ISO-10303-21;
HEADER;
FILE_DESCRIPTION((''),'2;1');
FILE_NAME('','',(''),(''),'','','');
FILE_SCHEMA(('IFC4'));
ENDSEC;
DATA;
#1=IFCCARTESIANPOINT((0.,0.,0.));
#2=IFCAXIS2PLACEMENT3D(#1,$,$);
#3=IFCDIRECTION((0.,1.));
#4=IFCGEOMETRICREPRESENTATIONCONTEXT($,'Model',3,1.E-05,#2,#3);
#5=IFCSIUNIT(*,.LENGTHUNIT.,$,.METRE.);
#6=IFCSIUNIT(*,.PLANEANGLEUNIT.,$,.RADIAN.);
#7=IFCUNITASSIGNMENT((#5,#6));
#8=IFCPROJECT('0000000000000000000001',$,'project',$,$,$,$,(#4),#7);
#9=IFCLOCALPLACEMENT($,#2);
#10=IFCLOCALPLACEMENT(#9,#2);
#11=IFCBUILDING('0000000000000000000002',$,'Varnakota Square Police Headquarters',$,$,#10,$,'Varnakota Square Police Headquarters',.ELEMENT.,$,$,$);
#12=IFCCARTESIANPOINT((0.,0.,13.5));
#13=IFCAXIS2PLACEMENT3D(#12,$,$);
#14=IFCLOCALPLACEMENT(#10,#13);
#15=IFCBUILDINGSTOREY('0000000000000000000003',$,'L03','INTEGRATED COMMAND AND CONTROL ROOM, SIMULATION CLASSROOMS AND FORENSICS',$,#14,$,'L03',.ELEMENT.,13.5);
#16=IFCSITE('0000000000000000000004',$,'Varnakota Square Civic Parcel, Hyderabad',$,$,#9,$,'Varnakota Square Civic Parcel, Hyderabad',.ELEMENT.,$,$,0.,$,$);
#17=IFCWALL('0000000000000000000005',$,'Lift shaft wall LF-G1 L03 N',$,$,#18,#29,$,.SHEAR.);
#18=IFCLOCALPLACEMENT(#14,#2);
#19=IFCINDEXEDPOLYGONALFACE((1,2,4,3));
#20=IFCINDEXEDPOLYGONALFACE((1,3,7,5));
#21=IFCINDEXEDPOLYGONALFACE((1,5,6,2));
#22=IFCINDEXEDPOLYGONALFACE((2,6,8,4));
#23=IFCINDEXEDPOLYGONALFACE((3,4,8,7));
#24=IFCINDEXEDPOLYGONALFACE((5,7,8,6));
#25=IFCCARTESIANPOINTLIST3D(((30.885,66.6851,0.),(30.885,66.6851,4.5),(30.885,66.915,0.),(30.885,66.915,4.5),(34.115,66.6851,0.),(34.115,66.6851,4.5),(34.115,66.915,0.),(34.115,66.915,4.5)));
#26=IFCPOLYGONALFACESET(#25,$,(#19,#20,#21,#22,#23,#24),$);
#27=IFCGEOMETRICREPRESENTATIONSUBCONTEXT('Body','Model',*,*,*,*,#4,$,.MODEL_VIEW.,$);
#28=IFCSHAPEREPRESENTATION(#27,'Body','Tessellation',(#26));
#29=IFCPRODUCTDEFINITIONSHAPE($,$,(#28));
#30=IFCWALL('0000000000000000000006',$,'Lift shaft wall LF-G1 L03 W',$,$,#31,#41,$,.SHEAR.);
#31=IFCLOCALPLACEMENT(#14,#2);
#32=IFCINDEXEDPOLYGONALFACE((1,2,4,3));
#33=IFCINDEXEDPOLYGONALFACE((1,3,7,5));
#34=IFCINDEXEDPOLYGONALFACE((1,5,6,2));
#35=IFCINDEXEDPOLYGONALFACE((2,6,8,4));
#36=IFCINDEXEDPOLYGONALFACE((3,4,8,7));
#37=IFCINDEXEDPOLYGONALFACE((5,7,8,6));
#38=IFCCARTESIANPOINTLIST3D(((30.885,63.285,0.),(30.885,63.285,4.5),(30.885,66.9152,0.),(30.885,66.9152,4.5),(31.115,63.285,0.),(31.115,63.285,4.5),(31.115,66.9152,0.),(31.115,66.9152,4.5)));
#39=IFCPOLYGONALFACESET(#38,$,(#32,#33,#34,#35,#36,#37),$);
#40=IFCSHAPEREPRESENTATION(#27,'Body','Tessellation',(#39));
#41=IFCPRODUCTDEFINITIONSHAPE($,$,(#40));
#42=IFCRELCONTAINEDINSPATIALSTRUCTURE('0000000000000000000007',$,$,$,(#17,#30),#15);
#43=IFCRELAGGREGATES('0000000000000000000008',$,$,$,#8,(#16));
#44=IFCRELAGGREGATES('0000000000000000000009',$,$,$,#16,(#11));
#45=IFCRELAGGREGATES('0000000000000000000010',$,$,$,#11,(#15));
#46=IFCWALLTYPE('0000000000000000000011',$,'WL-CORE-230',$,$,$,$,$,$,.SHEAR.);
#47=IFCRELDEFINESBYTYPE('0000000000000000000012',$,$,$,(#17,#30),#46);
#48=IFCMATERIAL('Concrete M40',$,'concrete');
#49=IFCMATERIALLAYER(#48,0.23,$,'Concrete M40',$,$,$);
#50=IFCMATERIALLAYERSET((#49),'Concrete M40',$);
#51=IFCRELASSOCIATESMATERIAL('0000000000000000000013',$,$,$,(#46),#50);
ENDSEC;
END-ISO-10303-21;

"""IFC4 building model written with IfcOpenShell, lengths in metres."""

from ifc_helpers import new_model, si_unit, direction, frame, frame_2d, origin, place, context, subcontext, project, spatial, rectangle, extrude, material, layer, layer_set, type_object, element, save


model = new_model("IFC4")

# Units and contexts
model_context = context("Model", 3, precision=1e-05, world=origin(), true_north=direction((0.0, 1.0)))
body_context = subcontext(model_context, "Body", "Model", "MODEL_VIEW")
ifc_project = project(units=[si_unit("LENGTHUNIT", "METRE"), si_unit("PLANEANGLEUNIT", "RADIAN")], contexts=[model_context])

# Site, building, storey
site_placement = place(None, origin())
site = spatial("IfcSite", under=ifc_project, at=site_placement, Name="Varnakota Square Civic Parcel, Hyderabad", LongName="Varnakota Square Civic Parcel, Hyderabad", CompositionType="ELEMENT", RefElevation=0.0)
building_placement = place(site_placement, origin())
building = spatial("IfcBuilding", under=site, at=building_placement, Name="Varnakota Square Police Headquarters", LongName="Varnakota Square Police Headquarters", CompositionType="ELEMENT")
storey_placement = place(building_placement, frame((0.0, 0.0, 13.5)))
storey = spatial("IfcBuildingStorey", under=building, at=storey_placement, Name="L03", Description="INTEGRATED COMMAND AND CONTROL ROOM, SIMULATION CLASSROOMS AND FORENSICS", LongName="L03", CompositionType="ELEMENT", Elevation=13.5)

# Walls
ifc_material_1 = material(Name="Concrete M40", Category="concrete")
ifc_layer_1 = layer(ifc_material_1, 0.23, Name="Concrete M40")
ifc_layer_set_1 = layer_set([ifc_layer_1], Name="Concrete M40")
wall_type = type_object("IfcWallType", Name="WL-CORE-230", PredefinedType="SHEAR", material=ifc_layer_set_1)
wall_1_placement = place(storey_placement, frame((34.115, 66.8, 0.0), z_axis=(0.0, 0.0, 1.0), x_axis=(-1.0, 0.0, 0.0)))
element("IfcWall", 1, at=wall_1_placement, inside=storey, type_object=wall_type, Name="Lift shaft wall LF-G1 L03 N", PredefinedType="SHEAR", context=body_context, shape_type="SweptSolid", body=[
    extrude(rectangle(XDim=3.23, YDim=0.23, at=frame_2d((1.615, 0.0))), origin(), (0.0, 0.0, 1.0), 4.5),
])
wall_2_placement = place(storey_placement, frame((31.0, 66.915, 0.0), z_axis=(0.0, 0.0, 1.0), x_axis=(0.0, -1.0, 0.0)))
element("IfcWall", 2, at=wall_2_placement, inside=storey, type_object=wall_type, Name="Lift shaft wall LF-G1 L03 W", PredefinedType="SHEAR", context=body_context, shape_type="SweptSolid", body=[
    extrude(rectangle(XDim=3.6301, YDim=0.23, at=frame_2d((1.8149, 0.0))), origin(), (0.0, 0.0, 1.0), 4.5),
])

save(model, "model.ifc")
